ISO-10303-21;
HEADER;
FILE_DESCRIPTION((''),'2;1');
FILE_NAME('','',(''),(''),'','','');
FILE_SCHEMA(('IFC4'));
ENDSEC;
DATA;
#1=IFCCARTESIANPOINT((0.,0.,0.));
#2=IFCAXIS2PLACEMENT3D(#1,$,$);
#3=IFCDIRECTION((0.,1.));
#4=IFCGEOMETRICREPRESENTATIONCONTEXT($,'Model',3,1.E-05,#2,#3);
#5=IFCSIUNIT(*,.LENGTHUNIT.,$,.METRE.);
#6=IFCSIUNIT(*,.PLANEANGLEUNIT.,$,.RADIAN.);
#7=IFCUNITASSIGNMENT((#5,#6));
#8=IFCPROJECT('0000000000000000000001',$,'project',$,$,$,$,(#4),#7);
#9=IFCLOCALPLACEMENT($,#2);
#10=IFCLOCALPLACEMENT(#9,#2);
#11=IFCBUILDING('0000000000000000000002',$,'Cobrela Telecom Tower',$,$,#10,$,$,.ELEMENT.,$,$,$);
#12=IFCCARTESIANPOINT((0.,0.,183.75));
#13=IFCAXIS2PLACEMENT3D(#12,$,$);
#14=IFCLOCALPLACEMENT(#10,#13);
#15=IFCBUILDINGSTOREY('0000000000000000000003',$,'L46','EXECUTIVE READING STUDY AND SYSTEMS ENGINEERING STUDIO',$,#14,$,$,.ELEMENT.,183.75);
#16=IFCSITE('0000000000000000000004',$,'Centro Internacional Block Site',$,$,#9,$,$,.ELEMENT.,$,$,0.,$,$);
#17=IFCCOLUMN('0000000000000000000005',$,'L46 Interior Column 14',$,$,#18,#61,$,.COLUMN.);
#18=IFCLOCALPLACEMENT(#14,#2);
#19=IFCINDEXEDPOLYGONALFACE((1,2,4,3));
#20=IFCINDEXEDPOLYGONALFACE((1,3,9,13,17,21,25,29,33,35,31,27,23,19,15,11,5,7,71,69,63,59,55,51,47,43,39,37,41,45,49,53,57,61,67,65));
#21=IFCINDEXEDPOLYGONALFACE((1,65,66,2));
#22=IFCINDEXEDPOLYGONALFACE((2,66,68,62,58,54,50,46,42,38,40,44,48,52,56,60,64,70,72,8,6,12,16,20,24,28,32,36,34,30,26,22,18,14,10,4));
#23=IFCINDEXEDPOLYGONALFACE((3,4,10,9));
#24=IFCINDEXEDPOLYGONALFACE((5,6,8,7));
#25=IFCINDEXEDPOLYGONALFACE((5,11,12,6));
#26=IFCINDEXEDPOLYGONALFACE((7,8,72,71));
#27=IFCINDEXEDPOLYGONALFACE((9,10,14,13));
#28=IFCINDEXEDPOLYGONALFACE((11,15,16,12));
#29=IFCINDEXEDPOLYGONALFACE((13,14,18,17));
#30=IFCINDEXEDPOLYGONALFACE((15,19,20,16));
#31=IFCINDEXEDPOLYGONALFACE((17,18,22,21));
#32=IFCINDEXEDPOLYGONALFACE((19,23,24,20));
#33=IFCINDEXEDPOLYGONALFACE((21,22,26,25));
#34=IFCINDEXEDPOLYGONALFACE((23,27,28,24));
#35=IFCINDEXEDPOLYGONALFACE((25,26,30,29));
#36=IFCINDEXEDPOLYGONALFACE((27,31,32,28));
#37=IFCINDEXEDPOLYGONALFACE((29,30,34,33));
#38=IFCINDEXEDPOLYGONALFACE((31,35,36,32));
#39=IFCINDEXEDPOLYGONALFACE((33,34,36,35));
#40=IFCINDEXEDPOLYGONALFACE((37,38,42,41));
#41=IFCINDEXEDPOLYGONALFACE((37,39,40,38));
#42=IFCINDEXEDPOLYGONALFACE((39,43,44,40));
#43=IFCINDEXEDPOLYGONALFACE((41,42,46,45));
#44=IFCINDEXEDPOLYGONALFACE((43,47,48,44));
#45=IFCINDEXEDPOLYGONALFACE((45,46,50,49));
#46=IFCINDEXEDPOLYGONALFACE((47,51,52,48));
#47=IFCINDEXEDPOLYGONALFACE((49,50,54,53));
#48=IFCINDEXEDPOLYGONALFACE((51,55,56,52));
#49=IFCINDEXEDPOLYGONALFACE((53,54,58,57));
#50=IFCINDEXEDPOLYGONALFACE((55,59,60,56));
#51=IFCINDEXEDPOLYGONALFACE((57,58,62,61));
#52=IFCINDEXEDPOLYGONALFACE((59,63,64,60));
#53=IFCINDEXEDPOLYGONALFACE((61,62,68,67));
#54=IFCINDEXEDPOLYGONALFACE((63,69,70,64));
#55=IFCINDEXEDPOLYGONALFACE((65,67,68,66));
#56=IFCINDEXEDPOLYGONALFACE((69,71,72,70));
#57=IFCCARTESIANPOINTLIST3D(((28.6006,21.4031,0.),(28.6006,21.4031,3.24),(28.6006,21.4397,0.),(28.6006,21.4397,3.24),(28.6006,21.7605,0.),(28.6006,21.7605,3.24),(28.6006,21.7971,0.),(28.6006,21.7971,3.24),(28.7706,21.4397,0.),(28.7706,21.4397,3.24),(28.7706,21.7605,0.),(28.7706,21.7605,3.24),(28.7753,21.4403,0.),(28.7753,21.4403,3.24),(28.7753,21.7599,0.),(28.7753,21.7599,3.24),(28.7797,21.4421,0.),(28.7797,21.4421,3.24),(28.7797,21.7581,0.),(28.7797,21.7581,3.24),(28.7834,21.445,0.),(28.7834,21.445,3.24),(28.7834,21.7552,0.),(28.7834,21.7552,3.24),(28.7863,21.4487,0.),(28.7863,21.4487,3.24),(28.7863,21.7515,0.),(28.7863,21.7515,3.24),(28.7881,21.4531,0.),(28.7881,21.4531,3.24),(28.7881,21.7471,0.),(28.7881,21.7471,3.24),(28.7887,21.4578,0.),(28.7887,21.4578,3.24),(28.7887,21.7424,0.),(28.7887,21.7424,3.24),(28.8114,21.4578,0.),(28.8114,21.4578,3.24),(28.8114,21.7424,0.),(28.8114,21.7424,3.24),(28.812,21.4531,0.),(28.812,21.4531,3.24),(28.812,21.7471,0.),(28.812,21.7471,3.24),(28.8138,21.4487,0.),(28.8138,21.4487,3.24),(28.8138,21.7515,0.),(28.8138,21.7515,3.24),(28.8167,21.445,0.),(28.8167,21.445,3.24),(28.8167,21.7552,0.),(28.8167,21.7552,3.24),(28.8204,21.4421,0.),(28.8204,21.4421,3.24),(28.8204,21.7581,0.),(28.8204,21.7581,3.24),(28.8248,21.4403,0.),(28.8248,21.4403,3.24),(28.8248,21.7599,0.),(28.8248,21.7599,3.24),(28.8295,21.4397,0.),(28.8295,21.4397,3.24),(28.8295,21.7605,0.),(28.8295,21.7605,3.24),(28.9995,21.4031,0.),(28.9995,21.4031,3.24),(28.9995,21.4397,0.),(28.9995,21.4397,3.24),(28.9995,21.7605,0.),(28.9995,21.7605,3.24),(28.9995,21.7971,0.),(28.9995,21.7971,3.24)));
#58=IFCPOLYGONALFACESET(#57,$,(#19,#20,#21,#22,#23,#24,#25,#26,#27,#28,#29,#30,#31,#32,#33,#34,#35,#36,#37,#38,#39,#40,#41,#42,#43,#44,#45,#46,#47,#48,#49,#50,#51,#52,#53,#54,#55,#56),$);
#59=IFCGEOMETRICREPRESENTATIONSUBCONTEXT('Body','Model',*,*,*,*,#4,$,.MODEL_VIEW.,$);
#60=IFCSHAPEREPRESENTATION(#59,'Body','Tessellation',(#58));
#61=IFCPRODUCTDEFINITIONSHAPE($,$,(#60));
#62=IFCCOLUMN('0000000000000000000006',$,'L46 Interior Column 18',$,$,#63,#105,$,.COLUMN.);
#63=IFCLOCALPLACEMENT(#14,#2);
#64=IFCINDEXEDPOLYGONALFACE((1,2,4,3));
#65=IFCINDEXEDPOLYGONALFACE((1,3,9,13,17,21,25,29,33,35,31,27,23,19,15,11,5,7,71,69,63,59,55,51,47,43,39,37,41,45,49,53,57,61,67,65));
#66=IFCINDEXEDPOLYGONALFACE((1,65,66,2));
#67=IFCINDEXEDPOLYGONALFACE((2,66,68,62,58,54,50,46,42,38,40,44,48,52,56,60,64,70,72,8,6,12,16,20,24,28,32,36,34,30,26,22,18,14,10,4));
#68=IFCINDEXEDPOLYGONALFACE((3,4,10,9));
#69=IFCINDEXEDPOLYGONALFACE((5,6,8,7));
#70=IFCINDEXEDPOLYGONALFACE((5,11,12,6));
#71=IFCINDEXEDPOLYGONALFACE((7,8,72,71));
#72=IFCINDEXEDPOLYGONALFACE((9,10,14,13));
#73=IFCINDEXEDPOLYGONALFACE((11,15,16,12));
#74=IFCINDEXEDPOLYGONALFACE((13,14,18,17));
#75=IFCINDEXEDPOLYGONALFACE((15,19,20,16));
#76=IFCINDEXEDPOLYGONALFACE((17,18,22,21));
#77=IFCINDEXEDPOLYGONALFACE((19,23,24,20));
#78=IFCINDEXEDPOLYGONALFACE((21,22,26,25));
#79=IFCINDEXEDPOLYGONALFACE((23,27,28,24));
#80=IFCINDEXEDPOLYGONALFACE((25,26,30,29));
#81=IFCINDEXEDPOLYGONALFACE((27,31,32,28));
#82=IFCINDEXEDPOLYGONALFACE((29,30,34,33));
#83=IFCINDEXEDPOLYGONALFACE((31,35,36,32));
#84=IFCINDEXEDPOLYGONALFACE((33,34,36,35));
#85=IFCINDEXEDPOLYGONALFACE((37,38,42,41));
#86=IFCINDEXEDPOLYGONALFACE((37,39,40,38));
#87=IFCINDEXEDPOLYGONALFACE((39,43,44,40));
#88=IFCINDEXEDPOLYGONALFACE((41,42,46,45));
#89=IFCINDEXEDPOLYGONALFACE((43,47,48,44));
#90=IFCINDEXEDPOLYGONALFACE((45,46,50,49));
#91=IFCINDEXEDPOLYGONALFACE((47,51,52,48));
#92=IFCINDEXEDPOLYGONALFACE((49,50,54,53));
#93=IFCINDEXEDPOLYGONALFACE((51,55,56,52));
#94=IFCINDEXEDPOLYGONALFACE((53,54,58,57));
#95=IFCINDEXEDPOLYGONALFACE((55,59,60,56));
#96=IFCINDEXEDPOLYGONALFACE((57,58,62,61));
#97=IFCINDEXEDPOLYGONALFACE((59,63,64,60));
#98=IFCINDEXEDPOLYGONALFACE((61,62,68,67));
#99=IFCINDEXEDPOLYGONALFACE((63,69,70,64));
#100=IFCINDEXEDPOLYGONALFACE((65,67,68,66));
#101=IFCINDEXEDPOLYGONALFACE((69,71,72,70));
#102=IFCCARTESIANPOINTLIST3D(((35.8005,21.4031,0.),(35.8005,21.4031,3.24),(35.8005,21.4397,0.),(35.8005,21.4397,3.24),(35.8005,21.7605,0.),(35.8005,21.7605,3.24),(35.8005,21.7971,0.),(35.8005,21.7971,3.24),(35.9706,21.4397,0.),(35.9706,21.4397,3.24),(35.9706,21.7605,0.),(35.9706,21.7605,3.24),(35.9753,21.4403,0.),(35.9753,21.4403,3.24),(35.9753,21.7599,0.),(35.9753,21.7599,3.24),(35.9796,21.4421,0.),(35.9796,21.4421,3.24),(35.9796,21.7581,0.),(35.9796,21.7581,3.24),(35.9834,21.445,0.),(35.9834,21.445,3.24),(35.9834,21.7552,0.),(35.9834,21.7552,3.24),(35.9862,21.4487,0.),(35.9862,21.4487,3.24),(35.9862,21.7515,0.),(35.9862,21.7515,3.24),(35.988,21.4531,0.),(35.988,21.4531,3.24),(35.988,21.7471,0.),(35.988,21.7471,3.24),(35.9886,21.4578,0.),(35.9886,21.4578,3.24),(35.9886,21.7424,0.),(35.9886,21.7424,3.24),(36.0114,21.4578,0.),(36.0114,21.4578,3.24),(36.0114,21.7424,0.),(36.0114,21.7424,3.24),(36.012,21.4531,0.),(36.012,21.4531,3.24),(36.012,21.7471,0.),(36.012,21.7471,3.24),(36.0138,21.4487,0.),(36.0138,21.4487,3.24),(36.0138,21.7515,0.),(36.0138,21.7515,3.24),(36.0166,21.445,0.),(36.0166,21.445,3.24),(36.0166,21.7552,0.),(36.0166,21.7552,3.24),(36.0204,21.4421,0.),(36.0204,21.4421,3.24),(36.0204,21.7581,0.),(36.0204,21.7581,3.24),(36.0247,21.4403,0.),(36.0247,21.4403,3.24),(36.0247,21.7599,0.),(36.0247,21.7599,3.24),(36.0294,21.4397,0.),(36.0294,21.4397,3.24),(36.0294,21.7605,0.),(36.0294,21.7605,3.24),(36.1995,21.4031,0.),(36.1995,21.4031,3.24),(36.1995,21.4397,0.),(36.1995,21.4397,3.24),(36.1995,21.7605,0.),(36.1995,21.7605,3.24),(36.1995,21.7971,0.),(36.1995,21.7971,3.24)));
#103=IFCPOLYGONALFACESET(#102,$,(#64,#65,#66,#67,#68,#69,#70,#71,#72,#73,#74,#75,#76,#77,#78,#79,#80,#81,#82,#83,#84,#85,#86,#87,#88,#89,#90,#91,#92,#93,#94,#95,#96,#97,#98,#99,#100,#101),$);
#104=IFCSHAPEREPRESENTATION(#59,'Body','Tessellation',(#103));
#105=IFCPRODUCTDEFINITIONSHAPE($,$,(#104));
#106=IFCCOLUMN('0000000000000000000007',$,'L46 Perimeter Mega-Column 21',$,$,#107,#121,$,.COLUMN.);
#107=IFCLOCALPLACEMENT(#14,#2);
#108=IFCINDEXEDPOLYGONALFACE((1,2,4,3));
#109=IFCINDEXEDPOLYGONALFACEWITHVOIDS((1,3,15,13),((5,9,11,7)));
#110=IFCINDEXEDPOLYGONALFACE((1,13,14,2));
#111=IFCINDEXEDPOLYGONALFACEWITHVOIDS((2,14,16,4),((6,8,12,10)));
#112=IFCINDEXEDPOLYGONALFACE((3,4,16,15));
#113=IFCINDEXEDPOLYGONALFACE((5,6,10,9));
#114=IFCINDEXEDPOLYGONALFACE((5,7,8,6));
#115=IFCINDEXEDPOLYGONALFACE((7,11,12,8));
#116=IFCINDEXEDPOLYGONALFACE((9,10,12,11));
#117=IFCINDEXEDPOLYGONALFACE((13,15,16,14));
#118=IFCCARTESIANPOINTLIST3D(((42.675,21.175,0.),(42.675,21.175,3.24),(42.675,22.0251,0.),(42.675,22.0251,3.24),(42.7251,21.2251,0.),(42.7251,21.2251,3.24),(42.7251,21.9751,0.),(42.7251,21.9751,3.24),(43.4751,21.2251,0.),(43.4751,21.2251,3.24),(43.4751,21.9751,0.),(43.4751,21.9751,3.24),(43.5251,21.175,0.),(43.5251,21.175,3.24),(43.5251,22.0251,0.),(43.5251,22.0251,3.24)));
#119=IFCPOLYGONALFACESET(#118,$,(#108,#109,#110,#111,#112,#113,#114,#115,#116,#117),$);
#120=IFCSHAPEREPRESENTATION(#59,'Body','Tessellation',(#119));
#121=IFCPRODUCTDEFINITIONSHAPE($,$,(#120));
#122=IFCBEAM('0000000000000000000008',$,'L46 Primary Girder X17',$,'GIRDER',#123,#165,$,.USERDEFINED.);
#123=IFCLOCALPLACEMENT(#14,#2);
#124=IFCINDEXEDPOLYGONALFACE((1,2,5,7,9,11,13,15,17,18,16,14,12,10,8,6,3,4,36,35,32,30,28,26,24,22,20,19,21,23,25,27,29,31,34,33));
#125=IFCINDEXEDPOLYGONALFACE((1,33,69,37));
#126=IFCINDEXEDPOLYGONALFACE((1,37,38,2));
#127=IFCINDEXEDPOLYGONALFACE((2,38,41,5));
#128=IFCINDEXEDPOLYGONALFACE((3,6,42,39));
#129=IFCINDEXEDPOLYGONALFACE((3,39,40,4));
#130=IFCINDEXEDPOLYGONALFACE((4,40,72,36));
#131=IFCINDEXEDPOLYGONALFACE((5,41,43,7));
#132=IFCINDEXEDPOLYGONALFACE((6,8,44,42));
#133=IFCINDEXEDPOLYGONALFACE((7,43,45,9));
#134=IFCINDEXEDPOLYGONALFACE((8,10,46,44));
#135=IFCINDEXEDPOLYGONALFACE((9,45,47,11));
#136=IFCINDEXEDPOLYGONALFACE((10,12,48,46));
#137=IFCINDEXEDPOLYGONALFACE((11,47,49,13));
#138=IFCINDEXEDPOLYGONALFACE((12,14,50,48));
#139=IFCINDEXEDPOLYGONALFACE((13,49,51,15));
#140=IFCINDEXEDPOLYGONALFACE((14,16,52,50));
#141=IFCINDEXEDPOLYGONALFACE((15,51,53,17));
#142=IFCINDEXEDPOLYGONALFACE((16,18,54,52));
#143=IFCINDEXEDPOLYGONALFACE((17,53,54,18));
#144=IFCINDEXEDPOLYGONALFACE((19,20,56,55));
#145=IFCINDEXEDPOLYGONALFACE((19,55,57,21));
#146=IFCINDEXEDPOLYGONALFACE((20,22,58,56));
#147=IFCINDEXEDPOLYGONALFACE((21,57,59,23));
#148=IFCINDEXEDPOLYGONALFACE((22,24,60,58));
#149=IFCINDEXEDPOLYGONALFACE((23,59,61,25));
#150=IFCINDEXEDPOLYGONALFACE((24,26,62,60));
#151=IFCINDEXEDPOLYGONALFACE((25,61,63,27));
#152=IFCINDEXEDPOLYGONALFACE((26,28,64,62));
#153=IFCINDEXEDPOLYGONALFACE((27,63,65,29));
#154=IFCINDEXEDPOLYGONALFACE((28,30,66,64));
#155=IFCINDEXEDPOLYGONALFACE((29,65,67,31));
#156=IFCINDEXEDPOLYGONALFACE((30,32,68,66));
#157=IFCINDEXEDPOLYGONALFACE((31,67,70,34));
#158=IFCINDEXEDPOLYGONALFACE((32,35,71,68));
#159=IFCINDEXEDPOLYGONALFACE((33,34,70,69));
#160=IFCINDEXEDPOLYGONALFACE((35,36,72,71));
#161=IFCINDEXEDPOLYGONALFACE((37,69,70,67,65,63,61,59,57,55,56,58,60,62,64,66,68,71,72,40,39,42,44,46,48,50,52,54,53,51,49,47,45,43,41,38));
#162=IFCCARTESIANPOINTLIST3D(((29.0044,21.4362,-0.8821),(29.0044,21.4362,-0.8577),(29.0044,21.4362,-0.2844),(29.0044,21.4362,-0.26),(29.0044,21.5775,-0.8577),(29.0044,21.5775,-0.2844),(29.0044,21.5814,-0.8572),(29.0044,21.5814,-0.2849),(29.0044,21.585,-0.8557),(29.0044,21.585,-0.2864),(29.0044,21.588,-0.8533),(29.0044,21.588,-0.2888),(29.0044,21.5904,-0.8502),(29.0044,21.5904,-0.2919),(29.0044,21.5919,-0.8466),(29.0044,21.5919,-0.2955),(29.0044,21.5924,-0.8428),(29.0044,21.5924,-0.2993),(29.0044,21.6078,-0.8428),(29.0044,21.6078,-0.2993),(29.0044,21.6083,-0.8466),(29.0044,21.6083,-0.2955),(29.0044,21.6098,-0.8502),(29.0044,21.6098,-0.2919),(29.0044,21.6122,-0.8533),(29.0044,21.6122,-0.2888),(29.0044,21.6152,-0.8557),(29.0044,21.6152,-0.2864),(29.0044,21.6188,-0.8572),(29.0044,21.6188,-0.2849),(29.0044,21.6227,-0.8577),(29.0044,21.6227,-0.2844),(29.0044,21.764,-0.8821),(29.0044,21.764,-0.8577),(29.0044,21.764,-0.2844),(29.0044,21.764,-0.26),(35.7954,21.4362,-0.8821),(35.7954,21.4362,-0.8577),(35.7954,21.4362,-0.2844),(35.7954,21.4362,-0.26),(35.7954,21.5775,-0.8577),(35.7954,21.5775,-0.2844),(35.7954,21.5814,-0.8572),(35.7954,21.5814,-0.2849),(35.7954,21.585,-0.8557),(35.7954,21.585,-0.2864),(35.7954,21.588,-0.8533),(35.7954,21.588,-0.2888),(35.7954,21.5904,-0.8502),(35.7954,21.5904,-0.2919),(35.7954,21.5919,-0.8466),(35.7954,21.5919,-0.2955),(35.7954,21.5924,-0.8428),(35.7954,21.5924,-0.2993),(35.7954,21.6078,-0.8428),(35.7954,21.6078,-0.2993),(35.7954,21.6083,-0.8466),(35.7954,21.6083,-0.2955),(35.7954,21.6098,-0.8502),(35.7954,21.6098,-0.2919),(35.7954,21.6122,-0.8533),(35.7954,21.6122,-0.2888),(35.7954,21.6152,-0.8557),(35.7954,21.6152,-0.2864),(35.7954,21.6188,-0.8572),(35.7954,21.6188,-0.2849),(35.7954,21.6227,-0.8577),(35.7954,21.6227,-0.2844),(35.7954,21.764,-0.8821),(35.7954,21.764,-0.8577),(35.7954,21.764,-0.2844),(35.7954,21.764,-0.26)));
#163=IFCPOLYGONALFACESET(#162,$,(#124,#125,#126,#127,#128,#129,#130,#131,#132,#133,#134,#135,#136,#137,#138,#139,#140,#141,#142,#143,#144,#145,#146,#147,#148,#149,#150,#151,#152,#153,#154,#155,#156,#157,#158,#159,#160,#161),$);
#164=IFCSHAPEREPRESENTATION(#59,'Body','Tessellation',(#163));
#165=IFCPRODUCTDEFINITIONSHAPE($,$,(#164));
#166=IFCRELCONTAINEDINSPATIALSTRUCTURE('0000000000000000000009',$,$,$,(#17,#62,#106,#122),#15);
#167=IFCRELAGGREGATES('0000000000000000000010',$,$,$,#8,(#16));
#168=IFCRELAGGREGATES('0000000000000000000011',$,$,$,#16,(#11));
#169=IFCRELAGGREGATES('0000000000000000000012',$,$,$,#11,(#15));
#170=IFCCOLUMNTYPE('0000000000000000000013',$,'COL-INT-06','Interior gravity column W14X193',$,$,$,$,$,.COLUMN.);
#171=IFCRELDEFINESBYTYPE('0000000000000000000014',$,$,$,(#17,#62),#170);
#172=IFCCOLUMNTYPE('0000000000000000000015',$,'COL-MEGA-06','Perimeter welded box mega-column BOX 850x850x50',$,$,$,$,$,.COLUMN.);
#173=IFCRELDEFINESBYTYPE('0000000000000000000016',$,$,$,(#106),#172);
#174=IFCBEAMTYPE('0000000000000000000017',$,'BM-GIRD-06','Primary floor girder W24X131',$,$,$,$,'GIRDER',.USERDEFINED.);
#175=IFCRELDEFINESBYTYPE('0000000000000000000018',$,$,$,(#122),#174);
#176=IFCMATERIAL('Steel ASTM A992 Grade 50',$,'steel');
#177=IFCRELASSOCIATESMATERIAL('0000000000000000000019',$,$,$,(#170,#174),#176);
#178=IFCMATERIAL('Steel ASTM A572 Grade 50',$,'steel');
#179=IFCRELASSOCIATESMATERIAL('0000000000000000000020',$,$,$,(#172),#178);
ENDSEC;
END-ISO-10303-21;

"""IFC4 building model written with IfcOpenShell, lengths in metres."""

from ifc_helpers import new_model, si_unit, direction, frame, origin, origin_2d, place, context, subcontext, project, spatial, hollow_rectangle, i_section, extrude, material, material_profile, profile_set, type_object, element, save


model = new_model("IFC4")

# Units and contexts
model_context = context("Model", 3, precision=1e-05, world=origin(), true_north=direction((0.0, 1.0)))
body_context = subcontext(model_context, "Body", "Model", "MODEL_VIEW")
ifc_project = project(units=[si_unit("LENGTHUNIT", "METRE"), si_unit("PLANEANGLEUNIT", "RADIAN")], contexts=[model_context])

# Site, building, storey
site_placement = place(None, origin())
site = spatial("IfcSite", under=ifc_project, at=site_placement, Name="Centro Internacional Block Site", CompositionType="ELEMENT", RefElevation=0.0)
building_placement = place(site_placement, origin())
building = spatial("IfcBuilding", under=site, at=building_placement, Name="Cobrela Telecom Tower", CompositionType="ELEMENT")
storey_placement = place(building_placement, frame((0.0, 0.0, 183.75)))
storey = spatial("IfcBuildingStorey", under=building, at=storey_placement, Name="L46", Description="EXECUTIVE READING STUDY AND SYSTEMS ENGINEERING STUDIO", CompositionType="ELEMENT", Elevation=183.75)

# Columns
ifc_material_1 = material(Name="Steel ASTM A992 Grade 50", Category="steel")
ifc_material_profile_1 = material_profile(ifc_material_1, i_section(OverallWidth=0.3989, OverallDepth=0.394, WebThickness=0.0227, FlangeThickness=0.0366, FilletRadius=0.0181, at=origin_2d()), Name="W14X193")
ifc_profile_set_1 = profile_set([ifc_material_profile_1], Name="Steel ASTM A992 Grade 50")
column_type_1 = type_object("IfcColumnType", Name="COL-INT-06", Description="Interior gravity column W14X193", PredefinedType="COLUMN", material=ifc_profile_set_1)
for number, where, z_axis, x_axis, name in (
    (1, (28.8, 21.6001, 0.0), (0.0, 0.0, 1.0), (1.0, 0.0, 0.0), "L46 Interior Column 14"),
    (2, (36.0, 21.6001, 0.0), (0.0, 0.0, 1.0), (1.0, 0.0, 0.0), "L46 Interior Column 18"),
):
    element("IfcColumn", number, at=place(storey_placement, frame(where, z_axis=z_axis, x_axis=x_axis)), inside=storey, type_object=column_type_1, Name=name, PredefinedType="COLUMN", context=body_context, shape_type="SweptSolid", body=[
        extrude(i_section(OverallWidth=0.3989, OverallDepth=0.394, WebThickness=0.0227, FlangeThickness=0.0366, FilletRadius=0.0181, at=origin_2d()), origin(), (0.0, 0.0, 1.0), 3.24),
    ])
ifc_material_2 = material(Name="Steel ASTM A572 Grade 50", Category="steel")
ifc_material_profile_2 = material_profile(ifc_material_2, hollow_rectangle(XDim=0.8501, YDim=0.8501, WallThickness=0.05, at=origin_2d()), Name="BOX 850x850x50")
ifc_profile_set_2 = profile_set([ifc_material_profile_2], Name="Steel ASTM A572 Grade 50")
column_type_2 = type_object("IfcColumnType", Name="COL-MEGA-06", Description="Perimeter welded box mega-column BOX 850x850x50", PredefinedType="COLUMN", material=ifc_profile_set_2)
column_placement = place(storey_placement, frame((43.1001, 21.6001, 0.0), z_axis=(0.0, 0.0, 1.0), x_axis=(1.0, 0.0, 0.0)))
element("IfcColumn", 3, at=column_placement, inside=storey, type_object=column_type_2, Name="L46 Perimeter Mega-Column 21", PredefinedType="COLUMN", context=body_context, shape_type="SweptSolid", body=[
    extrude(hollow_rectangle(XDim=0.8501, YDim=0.8501, WallThickness=0.05, at=origin_2d()), origin(), (0.0, 0.0, 1.0), 3.24),
])

# Beam
ifc_material_profile_3 = material_profile(ifc_material_1, i_section(OverallWidth=0.3279, OverallDepth=0.6221, WebThickness=0.0154, FlangeThickness=0.0244, FilletRadius=0.0149, at=origin_2d()), Name="W24X131")
ifc_profile_set_3 = profile_set([ifc_material_profile_3], Name="Steel ASTM A992 Grade 50")
beam_type_1 = type_object("IfcBeamType", Name="BM-GIRD-06", Description="Primary floor girder W24X131", ElementType="GIRDER", PredefinedType="USERDEFINED", material=ifc_profile_set_3)
beam_1_placement = place(storey_placement, frame((29.0044, 21.6001, -0.571), z_axis=(1.0, 0.0, 0.0), x_axis=(0.0, 1.0, 0.0)))
element("IfcBeam", 4, at=beam_1_placement, inside=storey, type_object=beam_type_1, Name="L46 Primary Girder X17", ObjectType="GIRDER", PredefinedType="USERDEFINED", context=body_context, shape_type="SweptSolid", body=[
    extrude(i_section(OverallWidth=0.3279, OverallDepth=0.6221, WebThickness=0.0154, FlangeThickness=0.0244, FilletRadius=0.0149, at=origin_2d()), origin(), (0.0, 0.0, 1.0), 6.791),
])

save(model, "model.ifc")
